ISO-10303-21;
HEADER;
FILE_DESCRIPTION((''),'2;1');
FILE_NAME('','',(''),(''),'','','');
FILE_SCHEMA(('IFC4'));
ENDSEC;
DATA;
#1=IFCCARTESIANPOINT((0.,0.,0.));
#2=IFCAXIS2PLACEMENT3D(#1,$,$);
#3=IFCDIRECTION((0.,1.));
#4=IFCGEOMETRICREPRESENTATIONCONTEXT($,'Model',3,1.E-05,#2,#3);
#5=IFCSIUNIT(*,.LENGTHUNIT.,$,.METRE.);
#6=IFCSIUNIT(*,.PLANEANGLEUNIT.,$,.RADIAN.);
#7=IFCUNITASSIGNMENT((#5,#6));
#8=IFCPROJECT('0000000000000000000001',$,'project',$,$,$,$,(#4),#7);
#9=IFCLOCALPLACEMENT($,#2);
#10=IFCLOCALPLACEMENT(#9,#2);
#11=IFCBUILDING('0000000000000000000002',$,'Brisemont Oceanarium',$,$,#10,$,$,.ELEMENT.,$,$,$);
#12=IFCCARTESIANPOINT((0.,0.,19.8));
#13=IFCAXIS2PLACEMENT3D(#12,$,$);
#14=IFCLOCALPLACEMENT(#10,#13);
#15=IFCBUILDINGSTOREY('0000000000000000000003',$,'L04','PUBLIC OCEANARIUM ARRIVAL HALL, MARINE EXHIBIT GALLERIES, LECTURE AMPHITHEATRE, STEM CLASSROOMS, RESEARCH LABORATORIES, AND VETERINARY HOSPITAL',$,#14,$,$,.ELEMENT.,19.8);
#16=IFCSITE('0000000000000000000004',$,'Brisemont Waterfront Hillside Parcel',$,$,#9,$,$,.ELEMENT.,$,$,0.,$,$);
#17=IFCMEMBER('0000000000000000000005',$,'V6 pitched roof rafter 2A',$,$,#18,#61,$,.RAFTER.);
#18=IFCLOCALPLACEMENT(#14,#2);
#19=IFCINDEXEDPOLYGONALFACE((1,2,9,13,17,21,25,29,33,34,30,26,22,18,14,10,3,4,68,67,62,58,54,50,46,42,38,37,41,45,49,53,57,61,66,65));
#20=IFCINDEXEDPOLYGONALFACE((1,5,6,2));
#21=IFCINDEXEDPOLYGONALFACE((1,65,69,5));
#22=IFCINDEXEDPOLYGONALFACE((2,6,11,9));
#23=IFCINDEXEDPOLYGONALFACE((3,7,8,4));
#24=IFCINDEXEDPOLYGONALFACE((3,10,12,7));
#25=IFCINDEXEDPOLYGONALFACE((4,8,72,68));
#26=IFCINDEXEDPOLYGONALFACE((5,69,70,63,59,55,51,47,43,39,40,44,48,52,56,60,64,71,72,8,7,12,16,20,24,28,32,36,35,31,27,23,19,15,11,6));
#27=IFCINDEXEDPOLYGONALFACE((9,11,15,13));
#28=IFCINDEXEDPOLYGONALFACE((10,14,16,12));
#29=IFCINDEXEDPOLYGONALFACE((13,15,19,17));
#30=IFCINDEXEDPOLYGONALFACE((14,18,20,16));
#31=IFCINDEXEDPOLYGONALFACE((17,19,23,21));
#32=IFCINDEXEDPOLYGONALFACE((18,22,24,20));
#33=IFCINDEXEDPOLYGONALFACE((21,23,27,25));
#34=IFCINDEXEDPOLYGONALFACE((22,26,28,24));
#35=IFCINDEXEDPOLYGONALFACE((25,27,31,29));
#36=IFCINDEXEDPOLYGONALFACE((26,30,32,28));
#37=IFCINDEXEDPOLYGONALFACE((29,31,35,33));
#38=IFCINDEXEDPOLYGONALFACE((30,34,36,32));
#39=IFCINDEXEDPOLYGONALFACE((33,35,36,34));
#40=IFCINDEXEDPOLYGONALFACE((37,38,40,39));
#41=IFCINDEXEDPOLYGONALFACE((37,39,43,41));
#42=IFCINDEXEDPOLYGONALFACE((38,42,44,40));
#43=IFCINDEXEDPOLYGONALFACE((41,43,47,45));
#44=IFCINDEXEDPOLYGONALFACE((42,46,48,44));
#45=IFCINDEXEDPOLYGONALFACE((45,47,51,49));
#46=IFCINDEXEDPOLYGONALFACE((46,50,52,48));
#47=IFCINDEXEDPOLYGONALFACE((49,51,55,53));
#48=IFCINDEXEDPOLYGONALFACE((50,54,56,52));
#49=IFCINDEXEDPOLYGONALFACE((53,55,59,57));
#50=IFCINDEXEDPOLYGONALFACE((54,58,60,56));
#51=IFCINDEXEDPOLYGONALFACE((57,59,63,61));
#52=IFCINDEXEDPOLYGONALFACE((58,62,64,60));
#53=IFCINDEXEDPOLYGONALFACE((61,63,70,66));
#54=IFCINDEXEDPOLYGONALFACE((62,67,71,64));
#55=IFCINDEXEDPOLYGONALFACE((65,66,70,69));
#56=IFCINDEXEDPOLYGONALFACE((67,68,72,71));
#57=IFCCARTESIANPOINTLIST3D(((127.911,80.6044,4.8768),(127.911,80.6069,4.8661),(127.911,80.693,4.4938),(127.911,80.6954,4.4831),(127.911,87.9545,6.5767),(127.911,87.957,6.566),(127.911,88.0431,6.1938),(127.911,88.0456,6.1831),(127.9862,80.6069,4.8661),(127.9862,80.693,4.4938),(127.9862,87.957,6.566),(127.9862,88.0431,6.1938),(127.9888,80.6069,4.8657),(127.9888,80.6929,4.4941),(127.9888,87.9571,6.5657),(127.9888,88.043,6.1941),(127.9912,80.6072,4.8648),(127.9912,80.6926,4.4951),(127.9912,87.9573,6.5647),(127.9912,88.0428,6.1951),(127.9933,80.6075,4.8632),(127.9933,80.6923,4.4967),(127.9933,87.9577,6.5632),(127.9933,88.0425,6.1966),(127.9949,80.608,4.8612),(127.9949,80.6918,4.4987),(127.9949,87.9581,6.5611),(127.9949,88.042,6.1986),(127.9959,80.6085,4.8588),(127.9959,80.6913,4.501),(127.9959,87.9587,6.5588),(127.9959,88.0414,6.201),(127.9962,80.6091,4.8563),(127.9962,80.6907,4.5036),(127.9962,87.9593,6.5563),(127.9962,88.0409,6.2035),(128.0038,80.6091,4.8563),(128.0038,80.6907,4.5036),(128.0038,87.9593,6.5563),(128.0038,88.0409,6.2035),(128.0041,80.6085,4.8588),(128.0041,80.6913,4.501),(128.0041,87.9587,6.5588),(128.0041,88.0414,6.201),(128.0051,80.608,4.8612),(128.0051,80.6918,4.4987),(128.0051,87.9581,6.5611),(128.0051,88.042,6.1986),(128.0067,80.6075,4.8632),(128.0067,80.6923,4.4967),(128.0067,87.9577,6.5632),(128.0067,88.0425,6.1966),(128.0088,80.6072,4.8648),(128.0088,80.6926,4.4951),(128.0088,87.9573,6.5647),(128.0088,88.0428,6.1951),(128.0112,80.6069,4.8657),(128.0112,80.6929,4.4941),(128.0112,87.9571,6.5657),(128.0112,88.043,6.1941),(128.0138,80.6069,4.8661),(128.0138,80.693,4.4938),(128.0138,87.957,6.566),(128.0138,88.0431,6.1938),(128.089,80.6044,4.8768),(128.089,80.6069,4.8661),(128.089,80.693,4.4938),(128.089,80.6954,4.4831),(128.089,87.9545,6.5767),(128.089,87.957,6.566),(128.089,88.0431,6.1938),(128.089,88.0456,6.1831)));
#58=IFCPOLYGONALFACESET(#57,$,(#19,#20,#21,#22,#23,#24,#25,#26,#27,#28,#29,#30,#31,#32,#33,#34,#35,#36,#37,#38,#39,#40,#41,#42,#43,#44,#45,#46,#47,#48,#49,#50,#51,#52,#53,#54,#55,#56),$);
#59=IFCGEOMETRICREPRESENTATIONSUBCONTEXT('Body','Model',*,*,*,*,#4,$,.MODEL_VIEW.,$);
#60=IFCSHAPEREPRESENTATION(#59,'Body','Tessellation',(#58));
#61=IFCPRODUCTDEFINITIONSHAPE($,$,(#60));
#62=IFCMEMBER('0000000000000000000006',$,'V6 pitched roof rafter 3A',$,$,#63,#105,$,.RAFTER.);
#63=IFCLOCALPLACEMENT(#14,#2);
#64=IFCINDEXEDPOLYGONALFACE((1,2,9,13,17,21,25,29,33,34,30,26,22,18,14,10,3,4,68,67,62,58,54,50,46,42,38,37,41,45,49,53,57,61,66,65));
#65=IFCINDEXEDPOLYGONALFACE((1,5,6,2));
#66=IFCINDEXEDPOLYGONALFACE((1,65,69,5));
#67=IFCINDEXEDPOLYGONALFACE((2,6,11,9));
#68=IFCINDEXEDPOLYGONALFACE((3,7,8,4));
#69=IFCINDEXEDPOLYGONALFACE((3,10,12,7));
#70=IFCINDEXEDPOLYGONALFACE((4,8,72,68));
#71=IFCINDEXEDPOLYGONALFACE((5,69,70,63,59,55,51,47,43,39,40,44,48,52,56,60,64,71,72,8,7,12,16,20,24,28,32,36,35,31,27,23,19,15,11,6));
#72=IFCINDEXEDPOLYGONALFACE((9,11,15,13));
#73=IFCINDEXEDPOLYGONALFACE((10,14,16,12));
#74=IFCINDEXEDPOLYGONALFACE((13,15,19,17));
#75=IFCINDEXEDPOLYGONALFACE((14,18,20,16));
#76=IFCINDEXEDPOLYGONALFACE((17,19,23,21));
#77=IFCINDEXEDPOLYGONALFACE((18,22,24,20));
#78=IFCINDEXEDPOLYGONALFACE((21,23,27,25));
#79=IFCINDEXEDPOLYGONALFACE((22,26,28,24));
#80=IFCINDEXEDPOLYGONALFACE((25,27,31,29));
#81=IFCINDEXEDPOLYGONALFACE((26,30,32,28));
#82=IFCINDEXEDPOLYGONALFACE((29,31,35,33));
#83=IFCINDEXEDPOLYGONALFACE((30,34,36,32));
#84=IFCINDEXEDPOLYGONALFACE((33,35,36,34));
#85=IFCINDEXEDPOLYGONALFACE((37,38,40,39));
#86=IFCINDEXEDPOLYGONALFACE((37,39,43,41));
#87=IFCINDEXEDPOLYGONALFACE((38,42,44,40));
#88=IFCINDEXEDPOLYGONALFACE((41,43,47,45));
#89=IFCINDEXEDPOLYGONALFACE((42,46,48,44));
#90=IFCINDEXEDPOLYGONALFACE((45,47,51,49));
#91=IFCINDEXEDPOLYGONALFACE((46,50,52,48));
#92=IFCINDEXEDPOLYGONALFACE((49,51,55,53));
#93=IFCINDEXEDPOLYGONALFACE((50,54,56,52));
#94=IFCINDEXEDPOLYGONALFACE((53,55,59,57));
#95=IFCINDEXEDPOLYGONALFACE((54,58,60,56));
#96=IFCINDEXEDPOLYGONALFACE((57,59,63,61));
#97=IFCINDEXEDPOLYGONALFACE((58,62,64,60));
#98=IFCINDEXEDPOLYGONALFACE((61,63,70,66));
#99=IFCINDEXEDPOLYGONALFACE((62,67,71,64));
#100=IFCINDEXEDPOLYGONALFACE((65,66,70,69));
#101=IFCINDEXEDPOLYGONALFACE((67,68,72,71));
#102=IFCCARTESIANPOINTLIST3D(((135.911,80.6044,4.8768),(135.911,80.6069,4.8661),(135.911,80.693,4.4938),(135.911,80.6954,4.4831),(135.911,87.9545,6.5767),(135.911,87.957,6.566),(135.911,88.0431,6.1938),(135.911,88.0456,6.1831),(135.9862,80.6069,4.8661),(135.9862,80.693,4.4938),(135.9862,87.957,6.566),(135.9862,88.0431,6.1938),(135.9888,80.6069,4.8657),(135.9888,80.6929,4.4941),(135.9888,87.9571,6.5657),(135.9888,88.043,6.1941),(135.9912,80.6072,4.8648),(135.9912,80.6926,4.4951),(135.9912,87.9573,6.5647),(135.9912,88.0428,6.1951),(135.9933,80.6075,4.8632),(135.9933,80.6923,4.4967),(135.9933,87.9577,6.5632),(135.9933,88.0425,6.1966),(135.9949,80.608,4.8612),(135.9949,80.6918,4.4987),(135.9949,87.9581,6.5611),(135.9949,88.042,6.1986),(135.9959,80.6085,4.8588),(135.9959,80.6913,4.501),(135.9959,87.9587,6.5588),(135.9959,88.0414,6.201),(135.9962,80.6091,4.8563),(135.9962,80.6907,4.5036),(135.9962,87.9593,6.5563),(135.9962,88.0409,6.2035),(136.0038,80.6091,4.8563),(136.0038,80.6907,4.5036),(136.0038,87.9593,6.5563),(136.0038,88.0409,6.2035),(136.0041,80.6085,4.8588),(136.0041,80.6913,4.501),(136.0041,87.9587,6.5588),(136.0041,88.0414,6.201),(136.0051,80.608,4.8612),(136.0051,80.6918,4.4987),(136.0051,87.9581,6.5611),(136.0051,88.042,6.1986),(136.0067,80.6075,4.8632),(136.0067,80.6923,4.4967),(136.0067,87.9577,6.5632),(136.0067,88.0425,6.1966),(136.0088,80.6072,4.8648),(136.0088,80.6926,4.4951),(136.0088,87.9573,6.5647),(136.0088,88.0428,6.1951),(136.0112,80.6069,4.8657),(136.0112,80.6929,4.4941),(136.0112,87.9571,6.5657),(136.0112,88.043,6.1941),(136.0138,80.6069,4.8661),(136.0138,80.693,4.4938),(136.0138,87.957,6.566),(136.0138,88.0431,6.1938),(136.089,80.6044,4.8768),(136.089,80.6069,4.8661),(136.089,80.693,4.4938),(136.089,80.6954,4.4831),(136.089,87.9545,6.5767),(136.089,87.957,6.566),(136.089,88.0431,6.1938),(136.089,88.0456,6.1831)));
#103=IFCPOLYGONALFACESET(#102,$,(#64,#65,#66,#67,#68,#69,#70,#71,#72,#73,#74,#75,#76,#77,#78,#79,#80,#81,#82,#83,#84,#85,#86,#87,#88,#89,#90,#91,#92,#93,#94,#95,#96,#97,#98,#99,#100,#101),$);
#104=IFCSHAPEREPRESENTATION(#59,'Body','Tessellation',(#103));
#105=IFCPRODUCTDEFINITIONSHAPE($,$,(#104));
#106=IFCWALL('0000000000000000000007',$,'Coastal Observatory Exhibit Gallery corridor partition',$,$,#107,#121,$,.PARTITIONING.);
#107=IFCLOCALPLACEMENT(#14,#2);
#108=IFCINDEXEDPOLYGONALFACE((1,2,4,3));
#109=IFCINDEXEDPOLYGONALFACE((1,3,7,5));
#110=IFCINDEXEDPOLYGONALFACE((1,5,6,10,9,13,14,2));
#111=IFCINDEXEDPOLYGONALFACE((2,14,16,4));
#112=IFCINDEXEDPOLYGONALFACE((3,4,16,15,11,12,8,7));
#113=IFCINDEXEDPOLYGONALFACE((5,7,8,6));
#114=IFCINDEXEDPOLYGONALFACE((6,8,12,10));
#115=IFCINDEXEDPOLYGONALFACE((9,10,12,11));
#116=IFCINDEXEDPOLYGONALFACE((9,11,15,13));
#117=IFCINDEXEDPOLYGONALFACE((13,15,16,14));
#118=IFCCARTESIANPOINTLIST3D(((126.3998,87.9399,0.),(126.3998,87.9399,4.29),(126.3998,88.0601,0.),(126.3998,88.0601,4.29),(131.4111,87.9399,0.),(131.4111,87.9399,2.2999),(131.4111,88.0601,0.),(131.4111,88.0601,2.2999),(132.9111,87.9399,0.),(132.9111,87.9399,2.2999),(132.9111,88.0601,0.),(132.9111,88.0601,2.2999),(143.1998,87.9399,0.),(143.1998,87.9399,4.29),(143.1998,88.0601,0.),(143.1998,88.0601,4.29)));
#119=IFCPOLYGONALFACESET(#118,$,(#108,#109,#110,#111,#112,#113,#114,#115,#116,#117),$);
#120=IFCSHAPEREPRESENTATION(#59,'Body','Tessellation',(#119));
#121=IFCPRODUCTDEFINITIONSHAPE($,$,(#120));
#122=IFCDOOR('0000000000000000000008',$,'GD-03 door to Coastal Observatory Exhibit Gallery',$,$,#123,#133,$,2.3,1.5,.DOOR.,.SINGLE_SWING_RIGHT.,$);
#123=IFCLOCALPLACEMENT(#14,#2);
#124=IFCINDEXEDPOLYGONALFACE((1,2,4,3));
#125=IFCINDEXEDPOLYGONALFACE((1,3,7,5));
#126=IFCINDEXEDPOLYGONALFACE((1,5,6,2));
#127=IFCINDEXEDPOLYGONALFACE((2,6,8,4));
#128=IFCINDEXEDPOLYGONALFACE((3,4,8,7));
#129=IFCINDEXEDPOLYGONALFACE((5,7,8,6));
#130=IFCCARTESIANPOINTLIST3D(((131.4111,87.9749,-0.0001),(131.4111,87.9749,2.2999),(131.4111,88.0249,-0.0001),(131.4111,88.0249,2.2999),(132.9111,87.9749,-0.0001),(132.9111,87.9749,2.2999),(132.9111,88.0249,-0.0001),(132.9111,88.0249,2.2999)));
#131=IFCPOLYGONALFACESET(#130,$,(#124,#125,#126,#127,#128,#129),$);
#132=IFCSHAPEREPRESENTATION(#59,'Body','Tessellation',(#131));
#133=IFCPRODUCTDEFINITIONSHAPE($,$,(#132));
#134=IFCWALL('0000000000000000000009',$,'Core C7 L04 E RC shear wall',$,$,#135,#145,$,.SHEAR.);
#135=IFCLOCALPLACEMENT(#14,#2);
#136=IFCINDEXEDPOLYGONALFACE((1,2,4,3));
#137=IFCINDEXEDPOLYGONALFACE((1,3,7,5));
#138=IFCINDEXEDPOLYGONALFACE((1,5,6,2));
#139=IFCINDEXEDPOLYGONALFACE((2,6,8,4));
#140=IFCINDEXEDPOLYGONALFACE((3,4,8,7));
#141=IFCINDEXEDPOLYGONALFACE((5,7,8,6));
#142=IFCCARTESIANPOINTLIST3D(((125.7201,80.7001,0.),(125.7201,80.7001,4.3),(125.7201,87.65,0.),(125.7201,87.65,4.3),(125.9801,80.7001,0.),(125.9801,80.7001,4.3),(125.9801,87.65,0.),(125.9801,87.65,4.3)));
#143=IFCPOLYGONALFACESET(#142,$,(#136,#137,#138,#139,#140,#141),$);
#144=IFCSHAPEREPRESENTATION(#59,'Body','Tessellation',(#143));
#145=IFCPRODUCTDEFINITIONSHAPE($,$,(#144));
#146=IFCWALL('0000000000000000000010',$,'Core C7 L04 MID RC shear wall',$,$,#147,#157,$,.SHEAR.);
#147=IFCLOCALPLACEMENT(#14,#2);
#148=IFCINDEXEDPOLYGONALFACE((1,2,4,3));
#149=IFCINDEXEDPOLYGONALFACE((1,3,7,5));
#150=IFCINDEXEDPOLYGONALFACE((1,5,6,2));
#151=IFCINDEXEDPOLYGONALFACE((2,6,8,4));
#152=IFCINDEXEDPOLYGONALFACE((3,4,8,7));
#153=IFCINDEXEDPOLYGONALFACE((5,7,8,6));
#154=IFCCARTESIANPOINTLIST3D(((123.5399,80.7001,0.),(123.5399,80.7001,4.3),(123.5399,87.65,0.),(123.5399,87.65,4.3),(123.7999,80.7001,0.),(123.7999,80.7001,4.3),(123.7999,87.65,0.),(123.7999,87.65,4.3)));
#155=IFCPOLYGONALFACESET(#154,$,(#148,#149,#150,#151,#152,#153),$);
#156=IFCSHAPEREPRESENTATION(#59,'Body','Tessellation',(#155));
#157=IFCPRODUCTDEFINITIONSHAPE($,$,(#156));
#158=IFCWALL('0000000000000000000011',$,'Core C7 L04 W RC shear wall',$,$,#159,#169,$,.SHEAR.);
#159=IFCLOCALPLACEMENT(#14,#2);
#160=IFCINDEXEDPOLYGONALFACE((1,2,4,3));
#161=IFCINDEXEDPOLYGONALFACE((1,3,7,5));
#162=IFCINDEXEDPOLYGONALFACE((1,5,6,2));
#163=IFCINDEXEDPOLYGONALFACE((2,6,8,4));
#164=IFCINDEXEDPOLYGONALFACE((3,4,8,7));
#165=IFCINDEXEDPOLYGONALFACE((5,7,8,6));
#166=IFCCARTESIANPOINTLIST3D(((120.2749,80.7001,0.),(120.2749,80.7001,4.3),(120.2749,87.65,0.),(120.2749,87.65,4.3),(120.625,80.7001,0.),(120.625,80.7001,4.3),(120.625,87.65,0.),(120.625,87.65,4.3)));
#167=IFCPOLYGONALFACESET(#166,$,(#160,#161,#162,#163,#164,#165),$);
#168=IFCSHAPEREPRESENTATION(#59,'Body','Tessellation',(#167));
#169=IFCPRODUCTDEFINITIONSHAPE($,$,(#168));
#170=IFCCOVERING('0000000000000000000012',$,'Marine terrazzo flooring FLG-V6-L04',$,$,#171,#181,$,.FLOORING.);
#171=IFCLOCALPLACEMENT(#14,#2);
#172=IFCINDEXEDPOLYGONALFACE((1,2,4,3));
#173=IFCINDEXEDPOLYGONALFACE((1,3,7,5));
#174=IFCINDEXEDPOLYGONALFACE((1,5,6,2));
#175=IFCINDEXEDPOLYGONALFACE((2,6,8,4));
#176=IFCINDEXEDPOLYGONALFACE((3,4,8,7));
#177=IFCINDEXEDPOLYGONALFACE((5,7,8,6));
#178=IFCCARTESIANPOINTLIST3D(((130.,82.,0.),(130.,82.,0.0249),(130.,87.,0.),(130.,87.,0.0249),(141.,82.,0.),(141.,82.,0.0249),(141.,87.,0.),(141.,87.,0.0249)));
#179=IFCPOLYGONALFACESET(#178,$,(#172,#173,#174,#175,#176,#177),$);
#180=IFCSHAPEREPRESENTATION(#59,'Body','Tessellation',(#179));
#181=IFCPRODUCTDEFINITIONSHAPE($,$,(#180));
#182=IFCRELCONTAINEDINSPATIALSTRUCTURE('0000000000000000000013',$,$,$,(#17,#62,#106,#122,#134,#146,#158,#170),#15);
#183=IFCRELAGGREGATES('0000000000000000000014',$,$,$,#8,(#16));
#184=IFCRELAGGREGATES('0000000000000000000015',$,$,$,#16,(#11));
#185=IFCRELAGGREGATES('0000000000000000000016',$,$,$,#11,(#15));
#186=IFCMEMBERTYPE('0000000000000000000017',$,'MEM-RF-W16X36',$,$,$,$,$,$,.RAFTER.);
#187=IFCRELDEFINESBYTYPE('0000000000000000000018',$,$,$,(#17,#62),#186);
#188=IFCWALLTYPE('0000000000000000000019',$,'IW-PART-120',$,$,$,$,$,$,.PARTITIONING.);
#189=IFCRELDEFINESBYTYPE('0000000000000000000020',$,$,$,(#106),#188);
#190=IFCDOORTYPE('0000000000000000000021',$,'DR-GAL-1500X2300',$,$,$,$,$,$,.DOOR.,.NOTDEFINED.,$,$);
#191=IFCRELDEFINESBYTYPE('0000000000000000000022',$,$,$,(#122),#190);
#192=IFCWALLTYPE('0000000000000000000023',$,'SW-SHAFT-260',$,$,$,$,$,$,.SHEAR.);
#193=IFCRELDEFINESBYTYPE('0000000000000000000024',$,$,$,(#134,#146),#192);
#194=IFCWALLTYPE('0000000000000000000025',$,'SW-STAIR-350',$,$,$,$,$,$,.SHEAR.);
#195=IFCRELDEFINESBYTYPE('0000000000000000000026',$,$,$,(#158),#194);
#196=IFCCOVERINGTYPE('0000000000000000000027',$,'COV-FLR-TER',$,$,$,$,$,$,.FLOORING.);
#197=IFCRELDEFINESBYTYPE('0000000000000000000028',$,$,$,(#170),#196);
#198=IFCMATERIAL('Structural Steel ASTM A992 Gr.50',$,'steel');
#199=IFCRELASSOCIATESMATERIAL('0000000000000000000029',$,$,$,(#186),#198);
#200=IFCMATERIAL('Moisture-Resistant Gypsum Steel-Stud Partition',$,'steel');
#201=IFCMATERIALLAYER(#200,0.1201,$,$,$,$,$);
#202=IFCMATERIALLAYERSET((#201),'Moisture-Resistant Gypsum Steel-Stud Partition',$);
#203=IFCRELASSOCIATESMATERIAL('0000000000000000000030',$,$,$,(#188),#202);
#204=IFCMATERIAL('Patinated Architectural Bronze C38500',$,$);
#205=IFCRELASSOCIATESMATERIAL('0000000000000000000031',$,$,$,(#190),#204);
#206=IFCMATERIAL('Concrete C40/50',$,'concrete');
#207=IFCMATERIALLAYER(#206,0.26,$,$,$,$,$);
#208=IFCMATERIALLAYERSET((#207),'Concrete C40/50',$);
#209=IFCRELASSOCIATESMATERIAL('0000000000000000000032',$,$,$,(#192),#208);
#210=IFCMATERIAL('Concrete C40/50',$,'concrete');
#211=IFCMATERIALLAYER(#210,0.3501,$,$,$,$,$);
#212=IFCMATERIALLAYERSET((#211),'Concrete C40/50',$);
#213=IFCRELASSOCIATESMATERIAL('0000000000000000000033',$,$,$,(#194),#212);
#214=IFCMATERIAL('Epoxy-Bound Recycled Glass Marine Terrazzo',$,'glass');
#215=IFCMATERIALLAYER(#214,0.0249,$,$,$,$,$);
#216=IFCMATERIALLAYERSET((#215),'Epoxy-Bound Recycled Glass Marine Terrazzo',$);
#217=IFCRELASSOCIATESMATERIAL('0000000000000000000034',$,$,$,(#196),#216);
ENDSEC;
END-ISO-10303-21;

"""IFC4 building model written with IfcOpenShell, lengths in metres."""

from ifc_helpers import new_model, si_unit, direction, frame, frame_2d, origin, origin_2d, place, context, subcontext, project, spatial, rectangle, i_section, extrude, material, layer, layer_set, material_profile, profile_set, type_object, element, fill, save


model = new_model("IFC4")

# Units and contexts
model_context = context("Model", 3, precision=1e-05, world=origin(), true_north=direction((0.0, 1.0)))
body_context = subcontext(model_context, "Body", "Model", "MODEL_VIEW")
ifc_project = project(units=[si_unit("LENGTHUNIT", "METRE"), si_unit("PLANEANGLEUNIT", "RADIAN")], contexts=[model_context])

# Site, building, storey
site_placement = place(None, origin())
site = spatial("IfcSite", under=ifc_project, at=site_placement, Name="Brisemont Waterfront Hillside Parcel", CompositionType="ELEMENT", RefElevation=0.0)
building_placement = place(site_placement, origin())
building = spatial("IfcBuilding", under=site, at=building_placement, Name="Brisemont Oceanarium", CompositionType="ELEMENT")
storey_placement = place(building_placement, frame((0.0, 0.0, 19.8)))
storey = spatial("IfcBuildingStorey", under=building, at=storey_placement, Name="L04", Description="PUBLIC OCEANARIUM ARRIVAL HALL, MARINE EXHIBIT GALLERIES, LECTURE AMPHITHEATRE, STEM CLASSROOMS, RESEARCH LABORATORIES, AND VETERINARY HOSPITAL", CompositionType="ELEMENT", Elevation=19.8)

# Members
ifc_material_1 = material(Name="Structural Steel ASTM A992 Gr.50", Category="steel")
ifc_material_profile_1 = material_profile(ifc_material_1, i_section(OverallWidth=0.178, OverallDepth=0.4041, WebThickness=0.0076, FlangeThickness=0.011, FilletRadius=0.01, at=origin_2d()), Name="W16X36")
ifc_profile_set_1 = profile_set([ifc_material_profile_1], Name="Structural Steel ASTM A992 Gr.50")
member_type_1 = type_object("IfcMemberType", Name="MEM-RF-W16X36", PredefinedType="RAFTER", material=ifc_profile_set_1)
for number, where, z_axis, x_axis, name in (
    (1, (128.0, 80.6499, 4.6799), (0.0, 0.974281, 0.225335), (-1.0, 0.0, 0.0), "V6 pitched roof rafter 2A"),
    (2, (136.0, 80.6499, 4.6799), (0.0, 0.974281, 0.225335), (-1.0, 0.0, 0.0), "V6 pitched roof rafter 3A"),
):
    element("IfcMember", number, at=place(storey_placement, frame(where, z_axis=z_axis, x_axis=x_axis)), inside=storey, type_object=member_type_1, Name=name, PredefinedType="RAFTER", context=body_context, shape_type="SweptSolid", body=[
        extrude(i_section(OverallWidth=0.178, OverallDepth=0.4041, WebThickness=0.0076, FlangeThickness=0.011, FilletRadius=0.01, at=origin_2d()), origin(), (0.0, 0.0, 1.0), 7.5442),
    ])

# Wall, opening, door
ifc_material_2 = material(Name="Moisture-Resistant Gypsum Steel-Stud Partition", Category="steel")
ifc_layer_1 = layer(ifc_material_2, 0.1201)
ifc_layer_set_1 = layer_set([ifc_layer_1], Name="Moisture-Resistant Gypsum Steel-Stud Partition")
wall_type_1 = type_object("IfcWallType", Name="IW-PART-120", PredefinedType="PARTITIONING", material=ifc_layer_set_1)
wall_1_placement = place(storey_placement, frame((126.3999, 88.0, 0.0), z_axis=(0.0, 0.0, 1.0), x_axis=(1.0, 0.0, 0.0)))
wall_1 = element("IfcWall", 3, at=wall_1_placement, inside=storey, type_object=wall_type_1, Name="Coastal Observatory Exhibit Gallery corridor partition", PredefinedType="PARTITIONING", context=body_context, shape_type="SweptSolid", body=[
    extrude(rectangle(XDim=16.8, YDim=0.1201, at=frame_2d((8.3999, 0.0))), origin(), (0.0, 0.0, 1.0), 4.29),
])
opening_1_placement = place(wall_1_placement, frame((5.0112, 0.0, 0.0)))
opening_1 = element("IfcOpeningElement", 4, at=opening_1_placement, cuts=wall_1, PredefinedType="OPENING", context=body_context, shape_type="SweptSolid", body=[
    extrude(rectangle(XDim=1.5, YDim=2.3, at=frame_2d((0.75, 1.1499))), frame((0.0, 0.0701, 0.0), z_axis=(0.0, -1.0, 0.0), x_axis=(1.0, 0.0, 0.0)), (0.0, 0.0, 1.0), 0.1401),
])
ifc_material_3 = material(Name="Patinated Architectural Bronze C38500")
door_type_1 = type_object("IfcDoorType", Name="DR-GAL-1500X2300", OperationType="NOTDEFINED", PredefinedType="DOOR", material=ifc_material_3)
door_1_placement = place(opening_1_placement, origin())
door_1 = element("IfcDoor", 5, at=door_1_placement, inside=storey, type_object=door_type_1, Name="GD-03 door to Coastal Observatory Exhibit Gallery", OperationType="SINGLE_SWING_RIGHT", OverallHeight=2.3, OverallWidth=1.5, PredefinedType="DOOR", context=body_context, shape_type="SweptSolid", body=[
    extrude(rectangle(XDim=1.5, YDim=2.3, at=frame_2d((0.75, 1.1499))), frame((0.0, 0.0249, 0.0), z_axis=(0.0, -1.0, 0.0), x_axis=(1.0, 0.0, 0.0)), (0.0, 0.0, 1.0), 0.05),
])
fill(opening_1, door_1)

# Walls
ifc_material_4 = material(Name="Concrete C40/50", Category="concrete")
ifc_layer_2 = layer(ifc_material_4, 0.26)
ifc_layer_set_2 = layer_set([ifc_layer_2], Name="Concrete C40/50")
wall_type_2 = type_object("IfcWallType", Name="SW-SHAFT-260", PredefinedType="SHEAR", material=ifc_layer_set_2)
for number, where, z_axis, x_axis, name in (
    (6, (125.8501, 80.7, 0.0), (0.0, 0.0, 1.0), (0.0, 1.0, 0.0), "Core C7 L04 E RC shear wall"),
    (7, (123.6699, 80.7, 0.0), (0.0, 0.0, 1.0), (0.0, 1.0, 0.0), "Core C7 L04 MID RC shear wall"),
):
    element("IfcWall", number, at=place(storey_placement, frame(where, z_axis=z_axis, x_axis=x_axis)), inside=storey, type_object=wall_type_2, Name=name, PredefinedType="SHEAR", context=body_context, shape_type="SweptSolid", body=[
        extrude(rectangle(XDim=6.95, YDim=0.26, at=frame_2d((3.4751, 0.0))), origin(), (0.0, 0.0, 1.0), 4.3),
    ])
ifc_material_5 = material(Name="Concrete C40/50", Category="concrete")
ifc_layer_3 = layer(ifc_material_5, 0.3501)
ifc_layer_set_3 = layer_set([ifc_layer_3], Name="Concrete C40/50")
wall_type_3 = type_object("IfcWallType", Name="SW-STAIR-350", PredefinedType="SHEAR", material=ifc_layer_set_3)
wall_2_placement = place(storey_placement, frame((120.45, 80.7, 0.0), z_axis=(0.0, 0.0, 1.0), x_axis=(0.0, 1.0, 0.0)))
element("IfcWall", 8, at=wall_2_placement, inside=storey, type_object=wall_type_3, Name="Core C7 L04 W RC shear wall", PredefinedType="SHEAR", context=body_context, shape_type="SweptSolid", body=[
    extrude(rectangle(XDim=6.95, YDim=0.3501, at=frame_2d((3.4751, 0.0))), origin(), (0.0, 0.0, 1.0), 4.3),
])

# Covering
ifc_material_6 = material(Name="Epoxy-Bound Recycled Glass Marine Terrazzo", Category="glass")
ifc_layer_4 = layer(ifc_material_6, 0.0249)
ifc_layer_set_4 = layer_set([ifc_layer_4], Name="Epoxy-Bound Recycled Glass Marine Terrazzo")
covering_type = type_object("IfcCoveringType", Name="COV-FLR-TER", PredefinedType="FLOORING", material=ifc_layer_set_4)
covering_placement = place(storey_placement, frame((135.5, 84.5, 0.0), z_axis=(0.0, 0.0, 1.0), x_axis=(1.0, 0.0, 0.0)))
element("IfcCovering", 9, at=covering_placement, inside=storey, type_object=covering_type, Name="Marine terrazzo flooring FLG-V6-L04", PredefinedType="FLOORING", context=body_context, shape_type="SweptSolid", body=[
    extrude(rectangle(XDim=11.0, YDim=5.0, at=origin_2d()), origin(), (0.0, 0.0, 1.0), 0.0249),
])

save(model, "model.ifc")
